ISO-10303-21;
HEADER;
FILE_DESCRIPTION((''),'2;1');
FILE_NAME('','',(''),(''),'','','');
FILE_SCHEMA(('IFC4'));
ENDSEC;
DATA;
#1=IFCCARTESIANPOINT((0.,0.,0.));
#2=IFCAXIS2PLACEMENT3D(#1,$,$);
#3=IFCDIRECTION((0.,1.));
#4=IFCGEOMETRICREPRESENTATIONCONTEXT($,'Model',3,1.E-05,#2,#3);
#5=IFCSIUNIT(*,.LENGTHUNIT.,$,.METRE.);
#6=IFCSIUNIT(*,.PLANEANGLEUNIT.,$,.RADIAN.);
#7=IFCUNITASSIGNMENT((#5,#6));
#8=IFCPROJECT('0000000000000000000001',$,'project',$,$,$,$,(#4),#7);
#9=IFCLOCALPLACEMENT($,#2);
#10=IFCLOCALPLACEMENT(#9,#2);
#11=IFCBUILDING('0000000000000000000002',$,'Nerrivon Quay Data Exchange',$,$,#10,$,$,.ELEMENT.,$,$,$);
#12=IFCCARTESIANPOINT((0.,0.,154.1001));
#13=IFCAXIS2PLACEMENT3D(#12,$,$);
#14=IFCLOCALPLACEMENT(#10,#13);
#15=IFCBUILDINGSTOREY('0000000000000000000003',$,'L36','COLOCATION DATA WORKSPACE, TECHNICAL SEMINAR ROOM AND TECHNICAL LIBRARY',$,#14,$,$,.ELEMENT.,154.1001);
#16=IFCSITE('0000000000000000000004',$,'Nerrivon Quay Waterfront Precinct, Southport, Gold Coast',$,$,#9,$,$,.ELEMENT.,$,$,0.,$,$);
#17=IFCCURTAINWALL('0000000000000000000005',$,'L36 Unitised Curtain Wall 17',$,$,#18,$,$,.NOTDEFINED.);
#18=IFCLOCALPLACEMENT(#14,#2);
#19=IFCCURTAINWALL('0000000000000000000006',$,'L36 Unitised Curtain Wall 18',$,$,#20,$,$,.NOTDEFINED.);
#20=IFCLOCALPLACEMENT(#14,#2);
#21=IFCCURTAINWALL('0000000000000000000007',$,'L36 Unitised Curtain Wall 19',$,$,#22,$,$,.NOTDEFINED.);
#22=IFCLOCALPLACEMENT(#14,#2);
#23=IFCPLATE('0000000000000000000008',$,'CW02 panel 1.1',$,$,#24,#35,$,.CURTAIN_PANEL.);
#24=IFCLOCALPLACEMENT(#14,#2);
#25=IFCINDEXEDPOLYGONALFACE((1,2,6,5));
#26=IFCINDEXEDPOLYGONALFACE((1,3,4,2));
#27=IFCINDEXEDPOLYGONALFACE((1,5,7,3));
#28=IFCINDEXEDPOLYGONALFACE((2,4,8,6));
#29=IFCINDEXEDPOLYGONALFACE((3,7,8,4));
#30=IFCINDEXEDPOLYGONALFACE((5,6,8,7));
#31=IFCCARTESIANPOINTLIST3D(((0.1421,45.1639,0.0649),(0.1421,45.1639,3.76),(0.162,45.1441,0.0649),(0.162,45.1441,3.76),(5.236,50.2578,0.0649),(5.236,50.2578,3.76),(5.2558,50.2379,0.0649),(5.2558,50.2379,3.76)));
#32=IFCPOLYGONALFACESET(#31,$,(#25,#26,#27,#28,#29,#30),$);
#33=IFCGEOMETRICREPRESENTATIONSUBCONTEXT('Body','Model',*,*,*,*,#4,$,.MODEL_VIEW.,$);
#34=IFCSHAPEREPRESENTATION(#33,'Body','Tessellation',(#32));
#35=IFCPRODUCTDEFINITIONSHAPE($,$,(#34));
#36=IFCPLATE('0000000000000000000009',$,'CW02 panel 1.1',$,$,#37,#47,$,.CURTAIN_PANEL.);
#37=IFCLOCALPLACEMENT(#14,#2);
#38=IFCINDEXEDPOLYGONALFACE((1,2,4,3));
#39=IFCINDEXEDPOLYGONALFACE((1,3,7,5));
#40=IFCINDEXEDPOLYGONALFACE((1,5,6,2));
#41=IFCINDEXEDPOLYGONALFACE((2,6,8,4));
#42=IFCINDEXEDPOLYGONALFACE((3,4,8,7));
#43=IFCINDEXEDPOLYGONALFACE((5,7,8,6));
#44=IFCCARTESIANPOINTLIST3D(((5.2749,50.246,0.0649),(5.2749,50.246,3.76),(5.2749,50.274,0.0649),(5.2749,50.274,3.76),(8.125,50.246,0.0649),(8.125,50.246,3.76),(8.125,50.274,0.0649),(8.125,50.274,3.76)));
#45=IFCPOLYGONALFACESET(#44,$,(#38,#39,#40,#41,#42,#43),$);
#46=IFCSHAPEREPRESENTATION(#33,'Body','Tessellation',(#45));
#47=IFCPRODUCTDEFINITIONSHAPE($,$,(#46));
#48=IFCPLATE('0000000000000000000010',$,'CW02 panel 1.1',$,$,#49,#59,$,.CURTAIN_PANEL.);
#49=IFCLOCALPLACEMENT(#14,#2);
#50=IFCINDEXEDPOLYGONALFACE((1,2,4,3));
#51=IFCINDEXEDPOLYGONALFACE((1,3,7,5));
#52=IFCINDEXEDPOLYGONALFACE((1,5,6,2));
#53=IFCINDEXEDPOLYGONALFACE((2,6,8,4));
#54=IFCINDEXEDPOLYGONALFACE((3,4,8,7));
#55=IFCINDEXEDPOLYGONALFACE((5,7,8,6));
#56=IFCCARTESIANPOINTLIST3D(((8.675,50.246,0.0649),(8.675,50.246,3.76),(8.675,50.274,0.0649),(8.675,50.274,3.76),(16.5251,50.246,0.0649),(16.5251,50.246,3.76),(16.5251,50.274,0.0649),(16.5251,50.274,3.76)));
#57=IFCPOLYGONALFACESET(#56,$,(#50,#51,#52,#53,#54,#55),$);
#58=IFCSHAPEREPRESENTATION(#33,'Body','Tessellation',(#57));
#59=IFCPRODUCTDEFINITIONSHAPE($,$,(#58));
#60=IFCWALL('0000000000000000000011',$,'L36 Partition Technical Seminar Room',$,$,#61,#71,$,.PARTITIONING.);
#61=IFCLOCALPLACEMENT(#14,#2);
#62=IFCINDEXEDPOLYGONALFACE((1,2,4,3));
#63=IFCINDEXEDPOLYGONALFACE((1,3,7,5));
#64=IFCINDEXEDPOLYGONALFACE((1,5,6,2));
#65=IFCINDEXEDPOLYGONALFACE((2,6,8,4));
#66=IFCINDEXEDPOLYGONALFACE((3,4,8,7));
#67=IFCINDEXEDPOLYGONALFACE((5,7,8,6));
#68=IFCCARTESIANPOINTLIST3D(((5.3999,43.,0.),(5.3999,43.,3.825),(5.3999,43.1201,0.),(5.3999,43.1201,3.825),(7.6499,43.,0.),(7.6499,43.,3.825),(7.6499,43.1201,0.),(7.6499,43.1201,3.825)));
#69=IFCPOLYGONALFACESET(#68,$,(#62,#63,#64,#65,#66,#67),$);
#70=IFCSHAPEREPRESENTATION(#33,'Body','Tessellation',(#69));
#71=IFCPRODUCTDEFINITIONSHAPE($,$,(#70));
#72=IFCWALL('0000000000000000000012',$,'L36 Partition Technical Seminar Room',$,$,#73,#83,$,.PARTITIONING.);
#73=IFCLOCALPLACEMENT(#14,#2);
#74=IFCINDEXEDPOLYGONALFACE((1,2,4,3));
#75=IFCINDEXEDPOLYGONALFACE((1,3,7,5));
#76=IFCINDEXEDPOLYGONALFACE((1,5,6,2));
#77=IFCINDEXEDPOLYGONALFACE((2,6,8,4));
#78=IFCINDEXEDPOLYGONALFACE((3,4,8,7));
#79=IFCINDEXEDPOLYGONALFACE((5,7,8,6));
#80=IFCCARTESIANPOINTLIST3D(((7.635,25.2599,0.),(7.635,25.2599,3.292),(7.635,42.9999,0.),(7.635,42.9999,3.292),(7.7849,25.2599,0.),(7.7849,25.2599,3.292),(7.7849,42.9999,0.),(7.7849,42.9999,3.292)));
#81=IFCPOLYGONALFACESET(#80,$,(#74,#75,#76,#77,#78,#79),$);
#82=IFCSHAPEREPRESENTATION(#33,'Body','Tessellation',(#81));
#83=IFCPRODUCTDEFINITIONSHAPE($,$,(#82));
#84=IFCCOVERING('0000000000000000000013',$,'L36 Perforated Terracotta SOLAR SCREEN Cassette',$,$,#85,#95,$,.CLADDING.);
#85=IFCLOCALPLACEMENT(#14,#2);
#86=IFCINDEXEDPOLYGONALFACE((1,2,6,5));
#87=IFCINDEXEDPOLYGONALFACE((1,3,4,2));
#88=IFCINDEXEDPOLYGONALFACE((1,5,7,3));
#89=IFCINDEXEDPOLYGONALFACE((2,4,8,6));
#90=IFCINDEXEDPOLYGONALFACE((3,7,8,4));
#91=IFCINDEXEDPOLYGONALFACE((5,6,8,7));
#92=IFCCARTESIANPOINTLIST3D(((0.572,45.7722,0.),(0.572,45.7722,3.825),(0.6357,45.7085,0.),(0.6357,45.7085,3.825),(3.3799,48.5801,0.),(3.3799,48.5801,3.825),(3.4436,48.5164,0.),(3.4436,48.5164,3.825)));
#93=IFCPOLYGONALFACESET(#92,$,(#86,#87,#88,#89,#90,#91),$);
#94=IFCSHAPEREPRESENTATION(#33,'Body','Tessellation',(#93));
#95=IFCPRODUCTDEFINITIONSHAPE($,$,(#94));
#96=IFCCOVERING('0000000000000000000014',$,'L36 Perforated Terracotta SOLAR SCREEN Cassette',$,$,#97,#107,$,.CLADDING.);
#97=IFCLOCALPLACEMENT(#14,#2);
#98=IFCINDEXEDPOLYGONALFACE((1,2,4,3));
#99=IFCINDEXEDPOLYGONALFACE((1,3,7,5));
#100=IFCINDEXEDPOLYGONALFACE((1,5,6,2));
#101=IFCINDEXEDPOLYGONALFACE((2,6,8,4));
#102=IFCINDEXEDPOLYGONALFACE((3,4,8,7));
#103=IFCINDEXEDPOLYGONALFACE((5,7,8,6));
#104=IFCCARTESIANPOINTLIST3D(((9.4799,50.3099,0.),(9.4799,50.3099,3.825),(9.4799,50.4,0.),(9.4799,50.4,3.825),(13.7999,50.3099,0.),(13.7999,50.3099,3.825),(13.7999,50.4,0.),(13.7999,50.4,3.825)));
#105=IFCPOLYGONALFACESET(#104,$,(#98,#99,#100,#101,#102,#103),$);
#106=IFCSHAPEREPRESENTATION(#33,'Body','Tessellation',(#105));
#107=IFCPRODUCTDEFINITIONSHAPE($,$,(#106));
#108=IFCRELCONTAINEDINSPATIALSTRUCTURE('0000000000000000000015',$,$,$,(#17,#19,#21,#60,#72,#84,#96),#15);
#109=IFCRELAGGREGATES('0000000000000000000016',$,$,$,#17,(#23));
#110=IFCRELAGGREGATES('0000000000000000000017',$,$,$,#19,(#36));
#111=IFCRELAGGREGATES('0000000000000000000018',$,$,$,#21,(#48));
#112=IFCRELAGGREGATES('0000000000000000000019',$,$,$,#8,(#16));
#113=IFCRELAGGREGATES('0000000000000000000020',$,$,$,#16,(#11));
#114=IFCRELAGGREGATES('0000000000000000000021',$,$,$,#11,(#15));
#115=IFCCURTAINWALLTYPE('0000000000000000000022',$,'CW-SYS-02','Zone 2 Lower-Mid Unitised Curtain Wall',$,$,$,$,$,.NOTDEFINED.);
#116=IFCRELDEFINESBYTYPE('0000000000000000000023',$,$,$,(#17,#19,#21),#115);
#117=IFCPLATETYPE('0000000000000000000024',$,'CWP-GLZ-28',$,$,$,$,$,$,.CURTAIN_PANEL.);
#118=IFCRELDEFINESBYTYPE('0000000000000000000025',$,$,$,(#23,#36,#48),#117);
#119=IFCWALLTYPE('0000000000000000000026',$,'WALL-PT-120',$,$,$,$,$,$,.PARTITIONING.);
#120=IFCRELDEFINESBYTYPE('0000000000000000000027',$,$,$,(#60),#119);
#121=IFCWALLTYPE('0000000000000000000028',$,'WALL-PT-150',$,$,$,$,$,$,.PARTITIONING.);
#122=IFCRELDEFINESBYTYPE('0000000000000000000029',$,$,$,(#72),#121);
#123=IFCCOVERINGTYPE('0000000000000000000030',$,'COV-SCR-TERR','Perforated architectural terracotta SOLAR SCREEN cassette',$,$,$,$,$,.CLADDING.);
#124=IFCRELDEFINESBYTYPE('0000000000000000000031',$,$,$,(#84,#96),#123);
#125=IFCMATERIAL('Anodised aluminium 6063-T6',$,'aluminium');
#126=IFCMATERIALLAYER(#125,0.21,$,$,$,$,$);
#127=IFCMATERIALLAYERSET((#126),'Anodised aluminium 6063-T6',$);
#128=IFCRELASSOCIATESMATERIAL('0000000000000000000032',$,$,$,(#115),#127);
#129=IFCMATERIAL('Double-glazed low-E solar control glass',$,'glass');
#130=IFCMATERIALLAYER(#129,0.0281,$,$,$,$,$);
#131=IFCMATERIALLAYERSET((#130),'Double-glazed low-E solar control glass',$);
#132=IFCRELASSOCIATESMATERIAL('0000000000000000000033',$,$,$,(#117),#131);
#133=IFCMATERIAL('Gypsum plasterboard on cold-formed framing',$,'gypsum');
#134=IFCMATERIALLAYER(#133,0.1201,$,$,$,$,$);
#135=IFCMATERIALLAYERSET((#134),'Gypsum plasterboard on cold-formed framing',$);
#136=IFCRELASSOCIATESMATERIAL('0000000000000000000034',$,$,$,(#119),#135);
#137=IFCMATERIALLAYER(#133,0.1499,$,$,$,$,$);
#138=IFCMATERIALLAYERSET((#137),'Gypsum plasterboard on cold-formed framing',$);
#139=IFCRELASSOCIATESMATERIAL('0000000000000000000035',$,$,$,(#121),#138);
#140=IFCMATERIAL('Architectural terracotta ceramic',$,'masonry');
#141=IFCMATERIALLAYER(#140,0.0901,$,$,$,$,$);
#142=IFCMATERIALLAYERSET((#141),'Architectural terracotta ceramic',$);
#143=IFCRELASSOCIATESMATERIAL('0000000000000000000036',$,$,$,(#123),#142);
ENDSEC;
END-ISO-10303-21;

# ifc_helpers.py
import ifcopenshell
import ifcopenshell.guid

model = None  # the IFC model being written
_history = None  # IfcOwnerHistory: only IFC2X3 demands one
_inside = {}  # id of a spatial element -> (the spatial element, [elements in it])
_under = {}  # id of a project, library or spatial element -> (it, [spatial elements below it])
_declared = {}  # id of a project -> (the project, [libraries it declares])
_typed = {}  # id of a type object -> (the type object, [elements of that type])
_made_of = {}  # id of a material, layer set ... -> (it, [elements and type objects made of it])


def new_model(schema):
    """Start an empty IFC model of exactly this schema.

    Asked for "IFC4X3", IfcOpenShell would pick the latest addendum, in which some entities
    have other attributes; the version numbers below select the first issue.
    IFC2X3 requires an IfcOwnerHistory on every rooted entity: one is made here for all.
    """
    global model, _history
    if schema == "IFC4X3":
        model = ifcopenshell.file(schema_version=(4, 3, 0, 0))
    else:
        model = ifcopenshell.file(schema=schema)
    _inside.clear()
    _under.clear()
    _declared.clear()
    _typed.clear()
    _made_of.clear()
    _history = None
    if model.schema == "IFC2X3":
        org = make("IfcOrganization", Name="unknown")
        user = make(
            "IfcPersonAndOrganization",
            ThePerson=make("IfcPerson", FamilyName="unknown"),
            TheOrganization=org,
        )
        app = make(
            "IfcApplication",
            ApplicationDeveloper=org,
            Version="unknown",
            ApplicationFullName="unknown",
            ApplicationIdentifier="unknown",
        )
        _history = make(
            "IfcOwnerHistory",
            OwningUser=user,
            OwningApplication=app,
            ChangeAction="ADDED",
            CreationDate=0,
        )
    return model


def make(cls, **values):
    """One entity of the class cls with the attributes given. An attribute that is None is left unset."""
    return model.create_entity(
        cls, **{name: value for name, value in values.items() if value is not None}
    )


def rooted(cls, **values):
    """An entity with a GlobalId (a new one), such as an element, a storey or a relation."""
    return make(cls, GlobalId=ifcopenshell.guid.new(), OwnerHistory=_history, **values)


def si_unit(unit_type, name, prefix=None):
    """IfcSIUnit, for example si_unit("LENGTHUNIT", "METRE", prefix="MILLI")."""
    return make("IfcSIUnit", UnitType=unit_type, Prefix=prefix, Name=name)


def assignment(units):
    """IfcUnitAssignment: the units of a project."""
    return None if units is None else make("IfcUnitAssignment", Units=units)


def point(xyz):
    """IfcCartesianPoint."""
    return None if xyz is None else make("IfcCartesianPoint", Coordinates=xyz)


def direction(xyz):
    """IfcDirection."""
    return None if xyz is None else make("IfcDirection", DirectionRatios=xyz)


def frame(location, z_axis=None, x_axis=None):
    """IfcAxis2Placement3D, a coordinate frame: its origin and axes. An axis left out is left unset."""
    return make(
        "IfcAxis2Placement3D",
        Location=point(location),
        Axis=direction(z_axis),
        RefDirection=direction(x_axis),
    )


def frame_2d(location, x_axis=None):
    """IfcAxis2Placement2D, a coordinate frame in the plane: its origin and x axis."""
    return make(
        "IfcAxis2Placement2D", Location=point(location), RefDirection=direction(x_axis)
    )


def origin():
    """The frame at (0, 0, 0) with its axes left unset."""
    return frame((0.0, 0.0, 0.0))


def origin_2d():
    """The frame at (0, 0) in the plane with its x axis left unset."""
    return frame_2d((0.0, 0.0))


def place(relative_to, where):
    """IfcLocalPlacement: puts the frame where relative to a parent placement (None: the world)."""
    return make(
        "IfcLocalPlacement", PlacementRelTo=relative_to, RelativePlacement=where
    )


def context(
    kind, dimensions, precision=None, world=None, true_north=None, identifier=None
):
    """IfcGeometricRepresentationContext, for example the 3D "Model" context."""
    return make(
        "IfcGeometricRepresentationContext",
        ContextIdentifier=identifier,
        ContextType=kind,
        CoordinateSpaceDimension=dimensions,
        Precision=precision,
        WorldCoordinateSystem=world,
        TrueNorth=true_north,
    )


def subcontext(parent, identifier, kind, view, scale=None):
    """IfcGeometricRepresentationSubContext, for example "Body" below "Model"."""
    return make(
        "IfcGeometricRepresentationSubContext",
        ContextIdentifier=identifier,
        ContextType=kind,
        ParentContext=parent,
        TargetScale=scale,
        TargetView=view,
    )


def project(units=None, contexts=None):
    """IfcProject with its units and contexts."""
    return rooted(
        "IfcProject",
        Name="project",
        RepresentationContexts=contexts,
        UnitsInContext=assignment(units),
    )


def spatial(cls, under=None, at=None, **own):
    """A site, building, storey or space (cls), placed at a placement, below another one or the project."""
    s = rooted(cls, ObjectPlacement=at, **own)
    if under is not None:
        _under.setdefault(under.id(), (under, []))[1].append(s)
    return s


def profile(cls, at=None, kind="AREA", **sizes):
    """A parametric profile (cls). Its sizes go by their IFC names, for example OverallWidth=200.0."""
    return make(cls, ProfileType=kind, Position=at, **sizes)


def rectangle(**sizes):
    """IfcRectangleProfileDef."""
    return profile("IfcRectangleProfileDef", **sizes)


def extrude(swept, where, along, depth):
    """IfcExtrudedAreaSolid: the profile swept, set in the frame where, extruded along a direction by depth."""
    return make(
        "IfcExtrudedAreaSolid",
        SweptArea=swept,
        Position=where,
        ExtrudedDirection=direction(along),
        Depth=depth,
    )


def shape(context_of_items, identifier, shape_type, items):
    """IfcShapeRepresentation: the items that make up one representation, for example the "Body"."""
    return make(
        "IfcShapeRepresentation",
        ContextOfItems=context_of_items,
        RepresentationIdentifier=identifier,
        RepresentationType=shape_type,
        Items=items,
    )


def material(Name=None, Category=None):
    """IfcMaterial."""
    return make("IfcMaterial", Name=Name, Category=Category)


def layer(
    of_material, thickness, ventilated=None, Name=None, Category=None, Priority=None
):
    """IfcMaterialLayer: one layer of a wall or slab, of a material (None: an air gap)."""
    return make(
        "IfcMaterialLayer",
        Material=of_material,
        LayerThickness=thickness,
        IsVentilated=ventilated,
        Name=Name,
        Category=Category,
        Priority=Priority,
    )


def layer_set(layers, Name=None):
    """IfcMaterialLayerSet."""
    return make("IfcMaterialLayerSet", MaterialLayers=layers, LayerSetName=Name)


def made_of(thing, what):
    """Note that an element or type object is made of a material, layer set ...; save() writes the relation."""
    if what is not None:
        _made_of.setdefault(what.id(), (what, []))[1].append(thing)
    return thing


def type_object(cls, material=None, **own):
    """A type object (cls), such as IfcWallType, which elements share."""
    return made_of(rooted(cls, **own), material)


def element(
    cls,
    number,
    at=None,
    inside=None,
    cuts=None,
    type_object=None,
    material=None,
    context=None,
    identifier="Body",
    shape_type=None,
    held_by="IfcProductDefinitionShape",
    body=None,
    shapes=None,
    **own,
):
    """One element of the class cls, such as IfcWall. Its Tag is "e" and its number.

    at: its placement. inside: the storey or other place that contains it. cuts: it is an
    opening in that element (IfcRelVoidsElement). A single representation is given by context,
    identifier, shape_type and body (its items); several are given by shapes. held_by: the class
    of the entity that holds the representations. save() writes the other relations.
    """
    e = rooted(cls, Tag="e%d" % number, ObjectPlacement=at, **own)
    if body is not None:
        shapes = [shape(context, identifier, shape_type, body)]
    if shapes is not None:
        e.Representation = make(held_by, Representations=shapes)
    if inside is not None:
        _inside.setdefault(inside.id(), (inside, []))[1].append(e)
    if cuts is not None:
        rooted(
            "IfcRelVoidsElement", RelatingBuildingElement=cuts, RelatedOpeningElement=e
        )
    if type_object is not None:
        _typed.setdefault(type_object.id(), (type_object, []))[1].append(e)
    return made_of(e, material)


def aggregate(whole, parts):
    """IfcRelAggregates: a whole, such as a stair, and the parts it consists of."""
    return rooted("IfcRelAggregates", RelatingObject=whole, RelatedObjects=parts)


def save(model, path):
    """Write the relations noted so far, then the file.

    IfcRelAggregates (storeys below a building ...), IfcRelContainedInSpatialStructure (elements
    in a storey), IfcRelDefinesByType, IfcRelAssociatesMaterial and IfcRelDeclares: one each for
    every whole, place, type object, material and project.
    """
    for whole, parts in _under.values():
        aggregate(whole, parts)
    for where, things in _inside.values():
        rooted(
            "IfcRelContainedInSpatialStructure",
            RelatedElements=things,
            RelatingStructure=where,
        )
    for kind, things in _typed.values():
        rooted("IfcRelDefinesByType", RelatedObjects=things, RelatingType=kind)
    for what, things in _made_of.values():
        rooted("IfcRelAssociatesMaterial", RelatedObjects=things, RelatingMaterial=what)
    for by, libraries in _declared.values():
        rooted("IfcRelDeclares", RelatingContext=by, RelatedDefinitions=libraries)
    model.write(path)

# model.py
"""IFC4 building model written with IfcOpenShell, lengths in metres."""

from ifc_helpers import new_model, si_unit, direction, frame, frame_2d, origin, origin_2d, place, context, subcontext, project, spatial, rectangle, extrude, material, layer, layer_set, type_object, element, aggregate, save


model = new_model("IFC4")

# Units and contexts
model_context = context("Model", 3, precision=1e-05, world=origin(), true_north=direction((0.0, 1.0)))
body_context = subcontext(model_context, "Body", "Model", "MODEL_VIEW")
ifc_project = project(units=[si_unit("LENGTHUNIT", "METRE"), si_unit("PLANEANGLEUNIT", "RADIAN")], contexts=[model_context])

# Site, building, storey
site_placement = place(None, origin())
site = spatial("IfcSite", under=ifc_project, at=site_placement, Name="Nerrivon Quay Waterfront Precinct, Southport, Gold Coast", CompositionType="ELEMENT", RefElevation=0.0)
building_placement = place(site_placement, origin())
building = spatial("IfcBuilding", under=site, at=building_placement, Name="Nerrivon Quay Data Exchange", CompositionType="ELEMENT")
storey_placement = place(building_placement, frame((0.0, 0.0, 154.1001)))
storey = spatial("IfcBuildingStorey", under=building, at=storey_placement, Name="L36", Description="COLOCATION DATA WORKSPACE, TECHNICAL SEMINAR ROOM AND TECHNICAL LIBRARY", CompositionType="ELEMENT", Elevation=154.1001)

# Shared definitions
ifc_material_1 = material(Name="Anodised aluminium 6063-T6", Category="aluminium")
ifc_layer_1 = layer(ifc_material_1, 0.21)
ifc_layer_set_1 = layer_set([ifc_layer_1], Name="Anodised aluminium 6063-T6")
curtain_wall_type = type_object("IfcCurtainWallType", Name="CW-SYS-02", Description="Zone 2 Lower-Mid Unitised Curtain Wall", PredefinedType="NOTDEFINED", material=ifc_layer_set_1)

# Curtain walls
curtain_wall_1_placement = place(storey_placement, origin())
curtain_wall_1 = element("IfcCurtainWall", 1, at=curtain_wall_1_placement, inside=storey, type_object=curtain_wall_type, Name="L36 Unitised Curtain Wall 17", PredefinedType="NOTDEFINED")
curtain_wall_2_placement = place(storey_placement, origin())
curtain_wall_2 = element("IfcCurtainWall", 2, at=curtain_wall_2_placement, inside=storey, type_object=curtain_wall_type, Name="L36 Unitised Curtain Wall 18", PredefinedType="NOTDEFINED")

# Curtain wall
curtain_wall_3_placement = place(storey_placement, origin())
curtain_wall_3 = element("IfcCurtainWall", 3, at=curtain_wall_3_placement, inside=storey, type_object=curtain_wall_type, Name="L36 Unitised Curtain Wall 19", PredefinedType="NOTDEFINED")

# Plates
ifc_material_2 = material(Name="Double-glazed low-E solar control glass", Category="glass")
ifc_layer_2 = layer(ifc_material_2, 0.0281)
ifc_layer_set_2 = layer_set([ifc_layer_2], Name="Double-glazed low-E solar control glass")
plate_type = type_object("IfcPlateType", Name="CWP-GLZ-28", PredefinedType="CURTAIN_PANEL", material=ifc_layer_set_2)
plate_1_placement = place(storey_placement, frame((2.699, 47.7009, 0.0649), z_axis=(0.0, 0.0, 1.0), x_axis=(0.707107, 0.707107, 0.0)))
plate_1 = element("IfcPlate", 4, at=plate_1_placement, type_object=plate_type, Name="CW02 panel 1.1", PredefinedType="CURTAIN_PANEL", context=body_context, shape_type="SweptSolid", body=[
    extrude(rectangle(XDim=7.2039, YDim=0.0281, at=origin_2d()), origin(), (0.0, 0.0, 1.0), 3.6951),
])
aggregate(curtain_wall_1, [plate_1])
plate_2_placement = place(storey_placement, frame((6.7, 50.26, 0.0649), z_axis=(0.0, 0.0, 1.0), x_axis=(1.0, 0.0, 0.0)))
plate_2 = element("IfcPlate", 5, at=plate_2_placement, type_object=plate_type, Name="CW02 panel 1.1", PredefinedType="CURTAIN_PANEL", context=body_context, shape_type="SweptSolid", body=[
    extrude(rectangle(XDim=2.8501, YDim=0.0281, at=origin_2d()), origin(), (0.0, 0.0, 1.0), 3.6951),
])
aggregate(curtain_wall_2, [plate_2])
plate_3_placement = place(storey_placement, frame((12.6001, 50.26, 0.0649), z_axis=(0.0, 0.0, 1.0), x_axis=(1.0, 0.0, 0.0)))
plate_3 = element("IfcPlate", 6, at=plate_3_placement, type_object=plate_type, Name="CW02 panel 1.1", PredefinedType="CURTAIN_PANEL", context=body_context, shape_type="SweptSolid", body=[
    extrude(rectangle(XDim=7.8501, YDim=0.0281, at=origin_2d()), origin(), (0.0, 0.0, 1.0), 3.6951),
])
aggregate(curtain_wall_3, [plate_3])

# Walls
ifc_material_3 = material(Name="Gypsum plasterboard on cold-formed framing", Category="gypsum")
ifc_layer_3 = layer(ifc_material_3, 0.1201)
ifc_layer_set_3 = layer_set([ifc_layer_3], Name="Gypsum plasterboard on cold-formed framing")
wall_type_1 = type_object("IfcWallType", Name="WALL-PT-120", PredefinedType="PARTITIONING", material=ifc_layer_set_3)
wall_1_placement = place(storey_placement, frame((5.3999, 43.0601, 0.0), z_axis=(0.0, 0.0, 1.0), x_axis=(1.0, 0.0, 0.0)))
element("IfcWall", 7, at=wall_1_placement, inside=storey, type_object=wall_type_1, Name="L36 Partition Technical Seminar Room", PredefinedType="PARTITIONING", context=body_context, shape_type="SweptSolid", body=[
    extrude(rectangle(XDim=2.25, YDim=0.1201, at=frame_2d((1.125, 0.0))), origin(), (0.0, 0.0, 1.0), 3.825),
])
ifc_layer_4 = layer(ifc_material_3, 0.1499)
ifc_layer_set_4 = layer_set([ifc_layer_4], Name="Gypsum plasterboard on cold-formed framing")
wall_type_2 = type_object("IfcWallType", Name="WALL-PT-150", PredefinedType="PARTITIONING", material=ifc_layer_set_4)
wall_2_placement = place(storey_placement, frame((7.71, 43.0, 0.0), z_axis=(0.0, 0.0, 1.0), x_axis=(0.0, -1.0, 0.0)))
element("IfcWall", 8, at=wall_2_placement, inside=storey, type_object=wall_type_2, Name="L36 Partition Technical Seminar Room", PredefinedType="PARTITIONING", context=body_context, shape_type="SweptSolid", body=[
    extrude(rectangle(XDim=17.74, YDim=0.1499, at=frame_2d((8.8701, 0.0))), origin(), (0.0, 0.0, 1.0), 3.292),
])

# Coverings
ifc_material_4 = material(Name="Architectural terracotta ceramic", Category="masonry")
ifc_layer_5 = layer(ifc_material_4, 0.0901)
ifc_layer_set_5 = layer_set([ifc_layer_5], Name="Architectural terracotta ceramic")
covering_type = type_object("IfcCoveringType", Name="COV-SCR-TERR", Description="Perforated architectural terracotta SOLAR SCREEN cassette", PredefinedType="CLADDING", material=ifc_layer_set_5)
covering_1_placement = place(storey_placement, frame((2.0078, 47.1443, 0.0), z_axis=(0.0, 0.0, 1.0), x_axis=(0.707107, 0.707107, 0.0)))
element("IfcCovering", 9, at=covering_1_placement, inside=storey, type_object=covering_type, Name="L36 Perforated Terracotta SOLAR SCREEN Cassette", PredefinedType="CLADDING", context=body_context, shape_type="SweptSolid", body=[
    extrude(rectangle(XDim=3.9709, YDim=0.0901, at=origin_2d()), origin(), (0.0, 0.0, 1.0), 3.825),
])
covering_2_placement = place(storey_placement, frame((11.6399, 50.355, 0.0), z_axis=(0.0, 0.0, 1.0), x_axis=(1.0, 0.0, 0.0)))
element("IfcCovering", 10, at=covering_2_placement, inside=storey, type_object=covering_type, Name="L36 Perforated Terracotta SOLAR SCREEN Cassette", PredefinedType="CLADDING", context=body_context, shape_type="SweptSolid", body=[
    extrude(rectangle(XDim=4.3201, YDim=0.0901, at=origin_2d()), origin(), (0.0, 0.0, 1.0), 3.825),
])

save(model, "model.ifc")
